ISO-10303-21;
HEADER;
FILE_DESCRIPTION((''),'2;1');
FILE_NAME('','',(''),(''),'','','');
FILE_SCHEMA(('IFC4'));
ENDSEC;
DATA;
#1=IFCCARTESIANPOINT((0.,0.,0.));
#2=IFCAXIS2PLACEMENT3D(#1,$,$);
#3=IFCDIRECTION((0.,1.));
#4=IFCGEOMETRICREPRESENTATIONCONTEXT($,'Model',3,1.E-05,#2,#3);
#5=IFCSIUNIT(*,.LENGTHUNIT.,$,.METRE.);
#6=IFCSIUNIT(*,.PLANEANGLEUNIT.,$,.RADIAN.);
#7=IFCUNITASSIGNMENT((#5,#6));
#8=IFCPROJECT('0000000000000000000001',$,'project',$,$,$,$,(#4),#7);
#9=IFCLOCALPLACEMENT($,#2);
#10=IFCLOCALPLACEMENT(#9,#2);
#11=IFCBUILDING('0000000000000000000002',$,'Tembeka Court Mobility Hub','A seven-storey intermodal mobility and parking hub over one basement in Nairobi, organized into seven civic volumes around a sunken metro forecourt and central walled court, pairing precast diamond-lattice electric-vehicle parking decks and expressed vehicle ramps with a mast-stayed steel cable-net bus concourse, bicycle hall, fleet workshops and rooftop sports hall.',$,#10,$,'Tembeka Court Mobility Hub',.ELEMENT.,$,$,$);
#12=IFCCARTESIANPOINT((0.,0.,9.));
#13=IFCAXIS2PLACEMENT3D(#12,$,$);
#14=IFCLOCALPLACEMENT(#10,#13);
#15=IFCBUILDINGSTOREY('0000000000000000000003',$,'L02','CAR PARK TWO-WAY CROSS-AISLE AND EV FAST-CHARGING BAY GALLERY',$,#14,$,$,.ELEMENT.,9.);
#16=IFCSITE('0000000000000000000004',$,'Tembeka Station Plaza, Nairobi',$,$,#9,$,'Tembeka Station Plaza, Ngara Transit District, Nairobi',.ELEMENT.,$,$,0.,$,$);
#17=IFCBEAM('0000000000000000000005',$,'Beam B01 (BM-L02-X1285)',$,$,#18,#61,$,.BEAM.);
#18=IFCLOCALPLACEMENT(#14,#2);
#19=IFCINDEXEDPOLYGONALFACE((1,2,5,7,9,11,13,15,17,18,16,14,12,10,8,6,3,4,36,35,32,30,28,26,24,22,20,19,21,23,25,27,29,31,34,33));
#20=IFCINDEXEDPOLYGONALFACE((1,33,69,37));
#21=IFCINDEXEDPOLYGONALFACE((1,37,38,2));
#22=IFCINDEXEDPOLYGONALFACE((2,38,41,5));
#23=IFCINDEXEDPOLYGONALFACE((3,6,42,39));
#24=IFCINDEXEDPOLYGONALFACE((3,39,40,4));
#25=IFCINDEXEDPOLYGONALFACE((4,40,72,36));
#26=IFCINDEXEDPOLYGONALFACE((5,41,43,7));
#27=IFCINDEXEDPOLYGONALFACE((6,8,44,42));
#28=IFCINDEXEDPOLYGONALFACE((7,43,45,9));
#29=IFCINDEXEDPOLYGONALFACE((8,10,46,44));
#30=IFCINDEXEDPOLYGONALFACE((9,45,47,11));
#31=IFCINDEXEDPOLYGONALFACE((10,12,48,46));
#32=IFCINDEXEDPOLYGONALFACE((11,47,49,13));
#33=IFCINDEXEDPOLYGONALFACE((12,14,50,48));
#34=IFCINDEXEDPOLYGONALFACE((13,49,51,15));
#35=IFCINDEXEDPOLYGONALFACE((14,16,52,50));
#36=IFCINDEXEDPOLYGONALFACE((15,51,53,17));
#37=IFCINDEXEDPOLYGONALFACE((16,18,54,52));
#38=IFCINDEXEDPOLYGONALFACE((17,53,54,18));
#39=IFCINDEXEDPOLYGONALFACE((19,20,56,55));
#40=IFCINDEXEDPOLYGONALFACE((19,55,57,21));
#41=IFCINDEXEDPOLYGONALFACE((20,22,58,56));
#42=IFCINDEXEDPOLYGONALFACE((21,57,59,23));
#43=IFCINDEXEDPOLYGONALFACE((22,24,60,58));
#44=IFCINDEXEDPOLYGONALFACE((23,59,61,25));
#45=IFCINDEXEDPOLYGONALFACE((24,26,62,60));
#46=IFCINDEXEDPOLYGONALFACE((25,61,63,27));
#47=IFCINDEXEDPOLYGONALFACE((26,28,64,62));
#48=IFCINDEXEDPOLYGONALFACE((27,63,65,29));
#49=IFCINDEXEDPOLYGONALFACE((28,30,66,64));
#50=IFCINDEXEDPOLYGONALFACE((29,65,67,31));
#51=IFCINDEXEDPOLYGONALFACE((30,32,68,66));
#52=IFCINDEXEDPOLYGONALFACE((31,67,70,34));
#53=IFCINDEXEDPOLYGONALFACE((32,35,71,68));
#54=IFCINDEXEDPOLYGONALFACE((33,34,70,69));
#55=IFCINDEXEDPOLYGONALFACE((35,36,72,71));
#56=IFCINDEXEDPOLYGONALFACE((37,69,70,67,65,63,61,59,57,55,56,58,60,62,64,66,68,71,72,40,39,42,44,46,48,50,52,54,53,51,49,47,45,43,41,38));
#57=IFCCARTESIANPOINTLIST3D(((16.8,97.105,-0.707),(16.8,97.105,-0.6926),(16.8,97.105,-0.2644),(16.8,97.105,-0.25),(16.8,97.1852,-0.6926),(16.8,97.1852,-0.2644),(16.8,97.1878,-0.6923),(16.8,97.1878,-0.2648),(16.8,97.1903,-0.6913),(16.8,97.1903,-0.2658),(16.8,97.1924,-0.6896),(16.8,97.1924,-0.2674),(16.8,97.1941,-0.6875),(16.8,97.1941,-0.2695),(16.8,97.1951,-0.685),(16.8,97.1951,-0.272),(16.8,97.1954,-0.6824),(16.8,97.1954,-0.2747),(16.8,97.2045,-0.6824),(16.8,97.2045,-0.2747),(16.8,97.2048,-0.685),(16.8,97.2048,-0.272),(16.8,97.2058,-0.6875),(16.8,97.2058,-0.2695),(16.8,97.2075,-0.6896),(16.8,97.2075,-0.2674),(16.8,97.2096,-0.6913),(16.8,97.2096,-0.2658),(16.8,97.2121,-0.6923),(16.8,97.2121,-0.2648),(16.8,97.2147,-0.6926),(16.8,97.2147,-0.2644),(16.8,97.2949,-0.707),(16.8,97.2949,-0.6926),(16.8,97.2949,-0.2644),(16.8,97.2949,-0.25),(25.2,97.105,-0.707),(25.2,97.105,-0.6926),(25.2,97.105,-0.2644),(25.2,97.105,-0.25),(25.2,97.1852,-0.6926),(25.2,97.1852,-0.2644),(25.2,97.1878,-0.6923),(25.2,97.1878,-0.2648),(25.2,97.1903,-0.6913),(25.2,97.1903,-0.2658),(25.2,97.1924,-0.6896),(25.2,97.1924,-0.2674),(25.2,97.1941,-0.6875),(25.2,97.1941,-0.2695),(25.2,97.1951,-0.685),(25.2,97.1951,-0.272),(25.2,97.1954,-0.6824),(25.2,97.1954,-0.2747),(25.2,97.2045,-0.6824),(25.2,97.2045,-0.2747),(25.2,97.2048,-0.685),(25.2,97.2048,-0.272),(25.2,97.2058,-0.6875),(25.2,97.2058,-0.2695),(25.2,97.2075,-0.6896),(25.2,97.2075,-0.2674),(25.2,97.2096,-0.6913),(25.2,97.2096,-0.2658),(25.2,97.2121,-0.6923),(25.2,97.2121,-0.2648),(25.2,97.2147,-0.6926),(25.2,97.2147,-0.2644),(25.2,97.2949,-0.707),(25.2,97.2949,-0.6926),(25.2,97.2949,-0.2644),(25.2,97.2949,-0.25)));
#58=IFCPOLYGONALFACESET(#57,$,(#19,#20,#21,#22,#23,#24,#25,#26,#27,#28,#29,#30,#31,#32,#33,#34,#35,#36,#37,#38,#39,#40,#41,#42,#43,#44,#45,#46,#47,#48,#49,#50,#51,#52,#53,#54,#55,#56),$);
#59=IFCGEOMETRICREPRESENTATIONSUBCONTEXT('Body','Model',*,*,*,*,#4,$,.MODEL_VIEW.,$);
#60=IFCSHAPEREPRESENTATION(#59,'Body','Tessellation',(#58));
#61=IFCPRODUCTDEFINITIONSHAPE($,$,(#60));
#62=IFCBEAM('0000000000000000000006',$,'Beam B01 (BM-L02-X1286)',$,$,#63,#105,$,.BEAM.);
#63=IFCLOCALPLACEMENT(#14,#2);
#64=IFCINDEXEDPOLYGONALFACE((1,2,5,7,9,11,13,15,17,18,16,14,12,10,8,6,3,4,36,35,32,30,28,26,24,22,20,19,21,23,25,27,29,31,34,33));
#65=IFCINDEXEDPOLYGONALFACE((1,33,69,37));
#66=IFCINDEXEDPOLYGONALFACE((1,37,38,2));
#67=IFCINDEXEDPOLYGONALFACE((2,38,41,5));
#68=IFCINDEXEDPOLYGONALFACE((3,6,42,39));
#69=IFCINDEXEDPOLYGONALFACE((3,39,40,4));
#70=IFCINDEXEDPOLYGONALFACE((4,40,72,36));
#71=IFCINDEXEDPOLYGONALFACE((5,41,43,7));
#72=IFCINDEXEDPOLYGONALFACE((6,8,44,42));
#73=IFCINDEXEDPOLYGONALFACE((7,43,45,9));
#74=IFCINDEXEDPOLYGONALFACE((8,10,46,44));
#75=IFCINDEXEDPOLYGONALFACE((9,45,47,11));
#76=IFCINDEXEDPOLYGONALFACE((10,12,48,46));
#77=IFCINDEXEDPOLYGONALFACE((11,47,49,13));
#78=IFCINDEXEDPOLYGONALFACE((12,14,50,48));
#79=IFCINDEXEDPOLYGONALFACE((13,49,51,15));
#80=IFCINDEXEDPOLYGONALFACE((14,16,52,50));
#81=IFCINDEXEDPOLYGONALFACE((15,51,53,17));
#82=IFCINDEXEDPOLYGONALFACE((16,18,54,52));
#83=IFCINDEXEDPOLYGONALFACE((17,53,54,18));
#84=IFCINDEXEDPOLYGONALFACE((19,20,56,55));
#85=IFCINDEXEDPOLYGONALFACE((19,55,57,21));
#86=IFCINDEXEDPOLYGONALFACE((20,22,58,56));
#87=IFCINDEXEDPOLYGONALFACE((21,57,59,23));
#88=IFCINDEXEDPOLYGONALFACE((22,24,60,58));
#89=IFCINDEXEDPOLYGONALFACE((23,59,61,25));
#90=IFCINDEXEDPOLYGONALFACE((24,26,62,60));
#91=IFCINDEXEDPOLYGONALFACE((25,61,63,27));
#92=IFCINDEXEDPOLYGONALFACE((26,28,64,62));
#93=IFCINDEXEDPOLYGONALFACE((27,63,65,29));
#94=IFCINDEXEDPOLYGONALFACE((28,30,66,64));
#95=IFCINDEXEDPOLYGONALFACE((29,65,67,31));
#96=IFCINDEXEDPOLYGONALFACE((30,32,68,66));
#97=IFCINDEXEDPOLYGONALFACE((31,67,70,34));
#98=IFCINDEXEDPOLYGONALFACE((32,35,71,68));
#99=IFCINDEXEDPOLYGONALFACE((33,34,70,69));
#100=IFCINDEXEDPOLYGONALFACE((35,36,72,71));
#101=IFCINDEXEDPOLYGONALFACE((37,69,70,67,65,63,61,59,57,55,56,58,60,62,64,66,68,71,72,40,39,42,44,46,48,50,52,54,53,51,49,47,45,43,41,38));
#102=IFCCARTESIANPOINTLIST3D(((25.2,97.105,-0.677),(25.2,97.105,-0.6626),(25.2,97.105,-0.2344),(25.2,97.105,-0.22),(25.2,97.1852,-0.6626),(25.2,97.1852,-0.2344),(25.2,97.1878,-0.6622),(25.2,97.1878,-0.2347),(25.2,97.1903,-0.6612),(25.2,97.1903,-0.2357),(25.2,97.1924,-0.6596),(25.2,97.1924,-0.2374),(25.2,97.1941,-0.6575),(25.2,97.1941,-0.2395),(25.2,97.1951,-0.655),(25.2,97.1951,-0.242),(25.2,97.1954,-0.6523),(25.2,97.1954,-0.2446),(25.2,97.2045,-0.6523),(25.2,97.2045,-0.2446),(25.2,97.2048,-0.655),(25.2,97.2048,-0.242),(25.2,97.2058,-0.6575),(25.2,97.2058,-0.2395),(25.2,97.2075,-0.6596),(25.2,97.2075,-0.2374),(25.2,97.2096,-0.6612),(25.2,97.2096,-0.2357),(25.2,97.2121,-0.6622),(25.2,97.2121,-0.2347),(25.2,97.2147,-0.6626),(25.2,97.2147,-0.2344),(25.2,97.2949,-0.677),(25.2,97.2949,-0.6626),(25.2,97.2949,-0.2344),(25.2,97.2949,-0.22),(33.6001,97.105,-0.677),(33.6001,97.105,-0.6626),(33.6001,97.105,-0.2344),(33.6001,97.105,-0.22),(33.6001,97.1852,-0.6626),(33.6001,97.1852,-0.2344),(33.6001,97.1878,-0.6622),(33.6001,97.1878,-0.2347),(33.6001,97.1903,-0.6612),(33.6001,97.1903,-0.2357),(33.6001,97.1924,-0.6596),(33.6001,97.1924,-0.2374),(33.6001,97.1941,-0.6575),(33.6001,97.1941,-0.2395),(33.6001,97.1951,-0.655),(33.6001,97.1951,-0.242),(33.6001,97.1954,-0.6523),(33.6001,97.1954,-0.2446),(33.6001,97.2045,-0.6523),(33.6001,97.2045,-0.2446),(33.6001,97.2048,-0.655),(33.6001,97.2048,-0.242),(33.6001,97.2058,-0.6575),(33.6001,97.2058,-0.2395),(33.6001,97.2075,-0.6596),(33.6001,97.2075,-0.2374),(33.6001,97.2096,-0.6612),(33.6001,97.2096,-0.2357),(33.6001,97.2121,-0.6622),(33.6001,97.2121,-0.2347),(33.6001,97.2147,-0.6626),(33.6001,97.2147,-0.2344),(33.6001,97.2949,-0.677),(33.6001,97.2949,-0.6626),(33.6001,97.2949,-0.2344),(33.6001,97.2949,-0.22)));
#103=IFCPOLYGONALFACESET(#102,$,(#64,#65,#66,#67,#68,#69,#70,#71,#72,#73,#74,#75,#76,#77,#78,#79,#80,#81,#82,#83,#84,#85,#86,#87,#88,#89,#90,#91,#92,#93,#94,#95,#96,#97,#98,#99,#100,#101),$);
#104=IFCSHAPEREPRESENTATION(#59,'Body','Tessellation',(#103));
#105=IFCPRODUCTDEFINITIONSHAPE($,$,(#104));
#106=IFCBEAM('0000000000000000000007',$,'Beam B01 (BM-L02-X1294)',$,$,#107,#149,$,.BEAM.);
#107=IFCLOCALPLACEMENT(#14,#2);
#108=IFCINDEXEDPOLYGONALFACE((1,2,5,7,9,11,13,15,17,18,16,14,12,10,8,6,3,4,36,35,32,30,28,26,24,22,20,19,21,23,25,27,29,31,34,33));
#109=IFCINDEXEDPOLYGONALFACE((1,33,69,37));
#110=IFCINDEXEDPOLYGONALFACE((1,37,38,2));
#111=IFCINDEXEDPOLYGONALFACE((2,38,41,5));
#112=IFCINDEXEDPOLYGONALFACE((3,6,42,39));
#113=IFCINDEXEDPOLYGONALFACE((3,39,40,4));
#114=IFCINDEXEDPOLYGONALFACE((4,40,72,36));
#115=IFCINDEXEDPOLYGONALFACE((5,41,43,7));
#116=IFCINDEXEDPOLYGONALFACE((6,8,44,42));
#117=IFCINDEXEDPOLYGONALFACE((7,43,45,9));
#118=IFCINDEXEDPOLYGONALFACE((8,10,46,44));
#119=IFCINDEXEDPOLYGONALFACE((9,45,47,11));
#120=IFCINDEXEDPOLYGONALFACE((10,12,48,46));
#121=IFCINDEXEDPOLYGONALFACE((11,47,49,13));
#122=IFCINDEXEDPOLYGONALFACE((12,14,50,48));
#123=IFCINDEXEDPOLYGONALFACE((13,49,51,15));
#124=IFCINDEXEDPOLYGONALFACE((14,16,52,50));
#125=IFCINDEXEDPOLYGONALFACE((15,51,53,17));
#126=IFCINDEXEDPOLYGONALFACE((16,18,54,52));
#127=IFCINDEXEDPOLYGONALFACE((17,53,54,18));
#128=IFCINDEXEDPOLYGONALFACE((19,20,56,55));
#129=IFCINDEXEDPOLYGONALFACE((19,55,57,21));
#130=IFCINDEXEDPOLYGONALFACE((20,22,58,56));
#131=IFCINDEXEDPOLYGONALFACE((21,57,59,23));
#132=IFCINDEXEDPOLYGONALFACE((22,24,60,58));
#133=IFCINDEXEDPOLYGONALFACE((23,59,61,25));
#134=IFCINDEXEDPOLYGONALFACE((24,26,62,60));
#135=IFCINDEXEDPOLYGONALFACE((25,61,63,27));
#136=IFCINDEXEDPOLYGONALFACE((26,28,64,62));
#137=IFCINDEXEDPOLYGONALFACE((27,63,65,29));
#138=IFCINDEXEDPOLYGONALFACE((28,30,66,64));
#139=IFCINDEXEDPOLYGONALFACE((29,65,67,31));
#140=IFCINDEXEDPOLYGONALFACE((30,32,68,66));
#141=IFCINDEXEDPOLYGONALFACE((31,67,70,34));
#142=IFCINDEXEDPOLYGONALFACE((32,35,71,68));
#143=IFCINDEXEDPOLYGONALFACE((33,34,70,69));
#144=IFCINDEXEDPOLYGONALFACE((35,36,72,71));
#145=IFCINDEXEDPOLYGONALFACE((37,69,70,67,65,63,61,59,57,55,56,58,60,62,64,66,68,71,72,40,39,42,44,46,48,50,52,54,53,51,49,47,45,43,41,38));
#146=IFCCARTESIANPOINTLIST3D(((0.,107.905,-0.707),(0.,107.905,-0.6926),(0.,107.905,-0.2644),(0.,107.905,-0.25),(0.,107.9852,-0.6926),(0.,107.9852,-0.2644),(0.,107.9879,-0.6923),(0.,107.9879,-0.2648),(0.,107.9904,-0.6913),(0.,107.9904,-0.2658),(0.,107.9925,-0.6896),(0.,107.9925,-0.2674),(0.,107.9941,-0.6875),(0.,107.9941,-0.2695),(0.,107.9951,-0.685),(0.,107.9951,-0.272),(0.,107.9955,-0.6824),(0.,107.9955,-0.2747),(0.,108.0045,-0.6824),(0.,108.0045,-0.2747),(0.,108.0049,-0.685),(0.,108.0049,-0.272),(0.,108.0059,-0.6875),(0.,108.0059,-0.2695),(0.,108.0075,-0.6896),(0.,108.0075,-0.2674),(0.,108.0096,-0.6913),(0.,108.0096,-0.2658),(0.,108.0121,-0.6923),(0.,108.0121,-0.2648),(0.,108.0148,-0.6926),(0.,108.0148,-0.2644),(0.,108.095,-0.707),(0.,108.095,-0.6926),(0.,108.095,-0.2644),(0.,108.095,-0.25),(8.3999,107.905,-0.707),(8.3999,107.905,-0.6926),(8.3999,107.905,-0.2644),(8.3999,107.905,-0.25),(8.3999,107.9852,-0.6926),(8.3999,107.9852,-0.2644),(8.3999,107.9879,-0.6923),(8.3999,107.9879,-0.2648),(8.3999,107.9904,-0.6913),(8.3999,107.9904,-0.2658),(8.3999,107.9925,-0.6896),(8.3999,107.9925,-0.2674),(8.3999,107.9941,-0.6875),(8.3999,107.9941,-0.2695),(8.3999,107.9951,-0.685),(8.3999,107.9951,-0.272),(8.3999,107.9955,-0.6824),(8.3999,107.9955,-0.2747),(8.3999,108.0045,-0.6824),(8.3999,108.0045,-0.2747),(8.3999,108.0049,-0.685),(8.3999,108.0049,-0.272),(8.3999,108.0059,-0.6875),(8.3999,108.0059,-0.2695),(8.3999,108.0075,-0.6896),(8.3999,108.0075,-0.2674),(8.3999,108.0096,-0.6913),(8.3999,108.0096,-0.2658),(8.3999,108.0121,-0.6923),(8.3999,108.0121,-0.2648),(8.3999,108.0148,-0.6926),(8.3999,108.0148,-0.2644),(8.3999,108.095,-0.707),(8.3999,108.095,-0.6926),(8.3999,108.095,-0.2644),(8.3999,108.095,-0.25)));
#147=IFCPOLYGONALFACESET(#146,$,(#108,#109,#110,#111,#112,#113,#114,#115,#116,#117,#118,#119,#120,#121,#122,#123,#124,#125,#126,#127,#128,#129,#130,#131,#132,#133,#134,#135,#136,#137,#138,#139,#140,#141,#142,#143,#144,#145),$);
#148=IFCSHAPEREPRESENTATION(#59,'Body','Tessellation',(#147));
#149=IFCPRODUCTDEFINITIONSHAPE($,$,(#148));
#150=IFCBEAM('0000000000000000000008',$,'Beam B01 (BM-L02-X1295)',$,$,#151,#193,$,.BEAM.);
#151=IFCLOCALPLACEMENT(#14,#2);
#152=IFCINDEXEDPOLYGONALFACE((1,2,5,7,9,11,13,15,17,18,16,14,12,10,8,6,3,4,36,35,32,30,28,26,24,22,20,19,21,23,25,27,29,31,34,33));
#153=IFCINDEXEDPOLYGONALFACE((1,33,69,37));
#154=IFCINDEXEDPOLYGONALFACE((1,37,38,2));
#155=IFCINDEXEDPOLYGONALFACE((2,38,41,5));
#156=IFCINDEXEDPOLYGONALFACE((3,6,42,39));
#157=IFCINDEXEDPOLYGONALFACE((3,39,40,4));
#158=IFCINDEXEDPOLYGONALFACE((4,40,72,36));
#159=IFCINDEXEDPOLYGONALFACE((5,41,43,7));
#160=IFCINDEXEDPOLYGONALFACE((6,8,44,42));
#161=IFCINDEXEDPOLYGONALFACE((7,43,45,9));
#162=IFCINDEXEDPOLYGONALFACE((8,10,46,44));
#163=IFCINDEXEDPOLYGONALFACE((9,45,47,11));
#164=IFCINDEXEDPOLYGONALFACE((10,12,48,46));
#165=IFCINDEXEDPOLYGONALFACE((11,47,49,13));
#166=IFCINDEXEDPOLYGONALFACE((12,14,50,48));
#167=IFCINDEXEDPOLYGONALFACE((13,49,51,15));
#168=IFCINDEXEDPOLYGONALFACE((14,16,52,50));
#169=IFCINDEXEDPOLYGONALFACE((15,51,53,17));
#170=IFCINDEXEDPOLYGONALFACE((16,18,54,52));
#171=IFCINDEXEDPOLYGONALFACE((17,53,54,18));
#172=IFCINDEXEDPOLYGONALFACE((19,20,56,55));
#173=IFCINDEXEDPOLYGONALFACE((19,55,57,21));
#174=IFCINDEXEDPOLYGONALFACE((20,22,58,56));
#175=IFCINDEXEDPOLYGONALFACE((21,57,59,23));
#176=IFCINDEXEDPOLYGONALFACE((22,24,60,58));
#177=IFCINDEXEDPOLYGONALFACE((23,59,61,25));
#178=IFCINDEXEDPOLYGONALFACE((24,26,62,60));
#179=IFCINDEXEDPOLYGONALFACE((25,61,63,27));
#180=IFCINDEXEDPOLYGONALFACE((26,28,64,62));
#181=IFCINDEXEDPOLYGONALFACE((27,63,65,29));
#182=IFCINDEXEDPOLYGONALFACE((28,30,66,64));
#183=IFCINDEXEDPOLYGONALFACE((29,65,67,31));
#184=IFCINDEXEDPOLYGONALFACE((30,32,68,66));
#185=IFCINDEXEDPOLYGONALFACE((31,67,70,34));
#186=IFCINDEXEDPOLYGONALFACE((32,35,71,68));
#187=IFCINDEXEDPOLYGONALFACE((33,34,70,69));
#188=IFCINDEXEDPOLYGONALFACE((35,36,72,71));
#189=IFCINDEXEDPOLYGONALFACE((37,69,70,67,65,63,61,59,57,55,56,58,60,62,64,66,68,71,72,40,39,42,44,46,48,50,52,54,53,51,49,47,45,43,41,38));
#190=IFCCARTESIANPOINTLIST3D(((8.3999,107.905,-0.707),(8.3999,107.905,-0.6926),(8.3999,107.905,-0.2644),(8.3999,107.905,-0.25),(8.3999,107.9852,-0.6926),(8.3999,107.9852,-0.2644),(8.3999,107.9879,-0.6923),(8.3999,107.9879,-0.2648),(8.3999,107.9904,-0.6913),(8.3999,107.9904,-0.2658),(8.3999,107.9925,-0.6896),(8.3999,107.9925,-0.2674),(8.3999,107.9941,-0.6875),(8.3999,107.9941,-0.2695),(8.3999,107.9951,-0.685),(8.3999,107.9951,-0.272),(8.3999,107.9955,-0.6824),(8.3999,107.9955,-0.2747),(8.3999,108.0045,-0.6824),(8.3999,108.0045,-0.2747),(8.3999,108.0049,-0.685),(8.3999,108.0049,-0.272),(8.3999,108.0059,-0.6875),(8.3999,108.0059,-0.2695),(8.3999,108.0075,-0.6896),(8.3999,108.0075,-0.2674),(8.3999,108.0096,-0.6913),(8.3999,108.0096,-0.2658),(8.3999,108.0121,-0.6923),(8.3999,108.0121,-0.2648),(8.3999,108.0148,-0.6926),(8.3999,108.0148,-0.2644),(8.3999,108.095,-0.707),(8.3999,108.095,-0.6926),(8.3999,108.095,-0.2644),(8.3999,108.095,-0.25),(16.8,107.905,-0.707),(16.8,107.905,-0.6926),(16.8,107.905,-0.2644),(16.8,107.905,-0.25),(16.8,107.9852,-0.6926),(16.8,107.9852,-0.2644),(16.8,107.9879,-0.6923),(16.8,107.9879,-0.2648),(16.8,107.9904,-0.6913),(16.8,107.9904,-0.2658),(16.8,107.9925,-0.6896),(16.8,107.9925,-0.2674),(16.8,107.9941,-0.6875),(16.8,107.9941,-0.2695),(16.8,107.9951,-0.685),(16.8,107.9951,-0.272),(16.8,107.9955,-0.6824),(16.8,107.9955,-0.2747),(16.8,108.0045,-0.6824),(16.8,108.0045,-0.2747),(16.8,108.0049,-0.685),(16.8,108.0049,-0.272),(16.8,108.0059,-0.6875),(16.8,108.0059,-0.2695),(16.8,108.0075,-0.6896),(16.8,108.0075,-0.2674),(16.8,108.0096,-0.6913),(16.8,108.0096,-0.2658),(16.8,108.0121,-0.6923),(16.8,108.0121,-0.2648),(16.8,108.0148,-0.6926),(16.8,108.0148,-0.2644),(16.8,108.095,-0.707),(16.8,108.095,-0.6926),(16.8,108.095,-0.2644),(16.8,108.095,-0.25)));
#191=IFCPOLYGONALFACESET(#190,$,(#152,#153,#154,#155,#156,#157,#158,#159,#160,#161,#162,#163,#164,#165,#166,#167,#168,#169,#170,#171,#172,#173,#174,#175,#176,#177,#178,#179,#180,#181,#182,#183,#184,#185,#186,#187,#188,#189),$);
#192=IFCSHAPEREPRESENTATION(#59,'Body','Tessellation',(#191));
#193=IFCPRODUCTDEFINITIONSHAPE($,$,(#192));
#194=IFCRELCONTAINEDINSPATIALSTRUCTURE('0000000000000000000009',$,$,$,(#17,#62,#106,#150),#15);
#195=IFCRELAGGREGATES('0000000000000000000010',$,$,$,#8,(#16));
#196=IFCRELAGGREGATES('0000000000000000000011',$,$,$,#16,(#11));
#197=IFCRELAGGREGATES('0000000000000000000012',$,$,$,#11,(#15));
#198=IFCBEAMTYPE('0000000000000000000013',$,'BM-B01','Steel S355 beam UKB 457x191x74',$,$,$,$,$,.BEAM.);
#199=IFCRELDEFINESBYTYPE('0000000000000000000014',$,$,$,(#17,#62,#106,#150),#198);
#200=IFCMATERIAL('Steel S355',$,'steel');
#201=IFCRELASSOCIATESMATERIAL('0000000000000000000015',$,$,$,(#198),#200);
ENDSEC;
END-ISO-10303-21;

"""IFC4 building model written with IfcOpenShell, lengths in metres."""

from ifc_helpers import new_model, si_unit, direction, frame, origin, origin_2d, place, context, subcontext, project, spatial, i_section, extrude, material, material_profile, profile_set, type_object, element, save


model = new_model("IFC4")

# Units and contexts
model_context = context("Model", 3, precision=1e-05, world=origin(), true_north=direction((0.0, 1.0)))
body_context = subcontext(model_context, "Body", "Model", "MODEL_VIEW")
ifc_project = project(units=[si_unit("LENGTHUNIT", "METRE"), si_unit("PLANEANGLEUNIT", "RADIAN")], contexts=[model_context])

# Site, building, storey
site_placement = place(None, origin())
site = spatial("IfcSite", under=ifc_project, at=site_placement, Name="Tembeka Station Plaza, Nairobi", LongName="Tembeka Station Plaza, Ngara Transit District, Nairobi", CompositionType="ELEMENT", RefElevation=0.0)
building_placement = place(site_placement, origin())
building = spatial("IfcBuilding", under=site, at=building_placement, Name="Tembeka Court Mobility Hub", Description="A seven-storey intermodal mobility and parking hub over one basement in Nairobi, organized into seven civic volumes around a sunken metro forecourt and central walled court, pairing precast diamond-lattice electric-vehicle parking decks and expressed vehicle ramps with a mast-stayed steel cable-net bus concourse, bicycle hall, fleet workshops and rooftop sports hall.", LongName="Tembeka Court Mobility Hub", CompositionType="ELEMENT")
storey_placement = place(building_placement, frame((0.0, 0.0, 9.0)))
storey = spatial("IfcBuildingStorey", under=building, at=storey_placement, Name="L02", Description="CAR PARK TWO-WAY CROSS-AISLE AND EV FAST-CHARGING BAY GALLERY", CompositionType="ELEMENT", Elevation=9.0)

# Shared definitions
ifc_material_1 = material(Name="Steel S355", Category="steel")

# Beams
ifc_material_profile_1 = material_profile(ifc_material_1, i_section(OverallWidth=0.1899, OverallDepth=0.457, WebThickness=0.009, FlangeThickness=0.0144, FilletRadius=0.0103, at=origin_2d()), Name="UKB 457x191x74")
ifc_profile_set_1 = profile_set([ifc_material_profile_1], Name="Steel S355")
beam_type_1 = type_object("IfcBeamType", Name="BM-B01", Description="Steel S355 beam UKB 457x191x74", PredefinedType="BEAM", material=ifc_profile_set_1)
beam_1_placement = place(storey_placement, frame((16.8, 97.2, -0.4785), z_axis=(1.0, 0.0, 0.0), x_axis=(0.0, 1.0, 0.0)))
element("IfcBeam", 1, at=beam_1_placement, inside=storey, type_object=beam_type_1, Name="Beam B01 (BM-L02-X1285)", PredefinedType="BEAM", context=body_context, shape_type="SweptSolid", body=[
    extrude(i_section(OverallWidth=0.1899, OverallDepth=0.457, WebThickness=0.009, FlangeThickness=0.0144, FilletRadius=0.0103, at=origin_2d()), origin(), (0.0, 0.0, 1.0), 8.3999),
])
beam_2_placement = place(storey_placement, frame((25.2, 97.2, -0.4485), z_axis=(1.0, 0.0, 0.0), x_axis=(0.0, 1.0, 0.0)))
element("IfcBeam", 2, at=beam_2_placement, inside=storey, type_object=beam_type_1, Name="Beam B01 (BM-L02-X1286)", PredefinedType="BEAM", context=body_context, shape_type="SweptSolid", body=[
    extrude(i_section(OverallWidth=0.1899, OverallDepth=0.457, WebThickness=0.009, FlangeThickness=0.0144, FilletRadius=0.0103, at=origin_2d()), origin(), (0.0, 0.0, 1.0), 8.4001),
])
beam_3_placement = place(storey_placement, frame((0.0, 108.0, -0.4785), z_axis=(1.0, 0.0, 0.0), x_axis=(0.0, 1.0, 0.0)))
element("IfcBeam", 3, at=beam_3_placement, inside=storey, type_object=beam_type_1, Name="Beam B01 (BM-L02-X1294)", PredefinedType="BEAM", context=body_context, shape_type="SweptSolid", body=[
    extrude(i_section(OverallWidth=0.1899, OverallDepth=0.457, WebThickness=0.009, FlangeThickness=0.0144, FilletRadius=0.0103, at=origin_2d()), origin(), (0.0, 0.0, 1.0), 8.3999),
])
beam_4_placement = place(storey_placement, frame((8.3999, 108.0, -0.4785), z_axis=(1.0, 0.0, 0.0), x_axis=(0.0, 1.0, 0.0)))
element("IfcBeam", 4, at=beam_4_placement, inside=storey, type_object=beam_type_1, Name="Beam B01 (BM-L02-X1295)", PredefinedType="BEAM", context=body_context, shape_type="SweptSolid", body=[
    extrude(i_section(OverallWidth=0.1899, OverallDepth=0.457, WebThickness=0.009, FlangeThickness=0.0144, FilletRadius=0.0103, at=origin_2d()), origin(), (0.0, 0.0, 1.0), 8.4001),
])

save(model, "model.ifc")
